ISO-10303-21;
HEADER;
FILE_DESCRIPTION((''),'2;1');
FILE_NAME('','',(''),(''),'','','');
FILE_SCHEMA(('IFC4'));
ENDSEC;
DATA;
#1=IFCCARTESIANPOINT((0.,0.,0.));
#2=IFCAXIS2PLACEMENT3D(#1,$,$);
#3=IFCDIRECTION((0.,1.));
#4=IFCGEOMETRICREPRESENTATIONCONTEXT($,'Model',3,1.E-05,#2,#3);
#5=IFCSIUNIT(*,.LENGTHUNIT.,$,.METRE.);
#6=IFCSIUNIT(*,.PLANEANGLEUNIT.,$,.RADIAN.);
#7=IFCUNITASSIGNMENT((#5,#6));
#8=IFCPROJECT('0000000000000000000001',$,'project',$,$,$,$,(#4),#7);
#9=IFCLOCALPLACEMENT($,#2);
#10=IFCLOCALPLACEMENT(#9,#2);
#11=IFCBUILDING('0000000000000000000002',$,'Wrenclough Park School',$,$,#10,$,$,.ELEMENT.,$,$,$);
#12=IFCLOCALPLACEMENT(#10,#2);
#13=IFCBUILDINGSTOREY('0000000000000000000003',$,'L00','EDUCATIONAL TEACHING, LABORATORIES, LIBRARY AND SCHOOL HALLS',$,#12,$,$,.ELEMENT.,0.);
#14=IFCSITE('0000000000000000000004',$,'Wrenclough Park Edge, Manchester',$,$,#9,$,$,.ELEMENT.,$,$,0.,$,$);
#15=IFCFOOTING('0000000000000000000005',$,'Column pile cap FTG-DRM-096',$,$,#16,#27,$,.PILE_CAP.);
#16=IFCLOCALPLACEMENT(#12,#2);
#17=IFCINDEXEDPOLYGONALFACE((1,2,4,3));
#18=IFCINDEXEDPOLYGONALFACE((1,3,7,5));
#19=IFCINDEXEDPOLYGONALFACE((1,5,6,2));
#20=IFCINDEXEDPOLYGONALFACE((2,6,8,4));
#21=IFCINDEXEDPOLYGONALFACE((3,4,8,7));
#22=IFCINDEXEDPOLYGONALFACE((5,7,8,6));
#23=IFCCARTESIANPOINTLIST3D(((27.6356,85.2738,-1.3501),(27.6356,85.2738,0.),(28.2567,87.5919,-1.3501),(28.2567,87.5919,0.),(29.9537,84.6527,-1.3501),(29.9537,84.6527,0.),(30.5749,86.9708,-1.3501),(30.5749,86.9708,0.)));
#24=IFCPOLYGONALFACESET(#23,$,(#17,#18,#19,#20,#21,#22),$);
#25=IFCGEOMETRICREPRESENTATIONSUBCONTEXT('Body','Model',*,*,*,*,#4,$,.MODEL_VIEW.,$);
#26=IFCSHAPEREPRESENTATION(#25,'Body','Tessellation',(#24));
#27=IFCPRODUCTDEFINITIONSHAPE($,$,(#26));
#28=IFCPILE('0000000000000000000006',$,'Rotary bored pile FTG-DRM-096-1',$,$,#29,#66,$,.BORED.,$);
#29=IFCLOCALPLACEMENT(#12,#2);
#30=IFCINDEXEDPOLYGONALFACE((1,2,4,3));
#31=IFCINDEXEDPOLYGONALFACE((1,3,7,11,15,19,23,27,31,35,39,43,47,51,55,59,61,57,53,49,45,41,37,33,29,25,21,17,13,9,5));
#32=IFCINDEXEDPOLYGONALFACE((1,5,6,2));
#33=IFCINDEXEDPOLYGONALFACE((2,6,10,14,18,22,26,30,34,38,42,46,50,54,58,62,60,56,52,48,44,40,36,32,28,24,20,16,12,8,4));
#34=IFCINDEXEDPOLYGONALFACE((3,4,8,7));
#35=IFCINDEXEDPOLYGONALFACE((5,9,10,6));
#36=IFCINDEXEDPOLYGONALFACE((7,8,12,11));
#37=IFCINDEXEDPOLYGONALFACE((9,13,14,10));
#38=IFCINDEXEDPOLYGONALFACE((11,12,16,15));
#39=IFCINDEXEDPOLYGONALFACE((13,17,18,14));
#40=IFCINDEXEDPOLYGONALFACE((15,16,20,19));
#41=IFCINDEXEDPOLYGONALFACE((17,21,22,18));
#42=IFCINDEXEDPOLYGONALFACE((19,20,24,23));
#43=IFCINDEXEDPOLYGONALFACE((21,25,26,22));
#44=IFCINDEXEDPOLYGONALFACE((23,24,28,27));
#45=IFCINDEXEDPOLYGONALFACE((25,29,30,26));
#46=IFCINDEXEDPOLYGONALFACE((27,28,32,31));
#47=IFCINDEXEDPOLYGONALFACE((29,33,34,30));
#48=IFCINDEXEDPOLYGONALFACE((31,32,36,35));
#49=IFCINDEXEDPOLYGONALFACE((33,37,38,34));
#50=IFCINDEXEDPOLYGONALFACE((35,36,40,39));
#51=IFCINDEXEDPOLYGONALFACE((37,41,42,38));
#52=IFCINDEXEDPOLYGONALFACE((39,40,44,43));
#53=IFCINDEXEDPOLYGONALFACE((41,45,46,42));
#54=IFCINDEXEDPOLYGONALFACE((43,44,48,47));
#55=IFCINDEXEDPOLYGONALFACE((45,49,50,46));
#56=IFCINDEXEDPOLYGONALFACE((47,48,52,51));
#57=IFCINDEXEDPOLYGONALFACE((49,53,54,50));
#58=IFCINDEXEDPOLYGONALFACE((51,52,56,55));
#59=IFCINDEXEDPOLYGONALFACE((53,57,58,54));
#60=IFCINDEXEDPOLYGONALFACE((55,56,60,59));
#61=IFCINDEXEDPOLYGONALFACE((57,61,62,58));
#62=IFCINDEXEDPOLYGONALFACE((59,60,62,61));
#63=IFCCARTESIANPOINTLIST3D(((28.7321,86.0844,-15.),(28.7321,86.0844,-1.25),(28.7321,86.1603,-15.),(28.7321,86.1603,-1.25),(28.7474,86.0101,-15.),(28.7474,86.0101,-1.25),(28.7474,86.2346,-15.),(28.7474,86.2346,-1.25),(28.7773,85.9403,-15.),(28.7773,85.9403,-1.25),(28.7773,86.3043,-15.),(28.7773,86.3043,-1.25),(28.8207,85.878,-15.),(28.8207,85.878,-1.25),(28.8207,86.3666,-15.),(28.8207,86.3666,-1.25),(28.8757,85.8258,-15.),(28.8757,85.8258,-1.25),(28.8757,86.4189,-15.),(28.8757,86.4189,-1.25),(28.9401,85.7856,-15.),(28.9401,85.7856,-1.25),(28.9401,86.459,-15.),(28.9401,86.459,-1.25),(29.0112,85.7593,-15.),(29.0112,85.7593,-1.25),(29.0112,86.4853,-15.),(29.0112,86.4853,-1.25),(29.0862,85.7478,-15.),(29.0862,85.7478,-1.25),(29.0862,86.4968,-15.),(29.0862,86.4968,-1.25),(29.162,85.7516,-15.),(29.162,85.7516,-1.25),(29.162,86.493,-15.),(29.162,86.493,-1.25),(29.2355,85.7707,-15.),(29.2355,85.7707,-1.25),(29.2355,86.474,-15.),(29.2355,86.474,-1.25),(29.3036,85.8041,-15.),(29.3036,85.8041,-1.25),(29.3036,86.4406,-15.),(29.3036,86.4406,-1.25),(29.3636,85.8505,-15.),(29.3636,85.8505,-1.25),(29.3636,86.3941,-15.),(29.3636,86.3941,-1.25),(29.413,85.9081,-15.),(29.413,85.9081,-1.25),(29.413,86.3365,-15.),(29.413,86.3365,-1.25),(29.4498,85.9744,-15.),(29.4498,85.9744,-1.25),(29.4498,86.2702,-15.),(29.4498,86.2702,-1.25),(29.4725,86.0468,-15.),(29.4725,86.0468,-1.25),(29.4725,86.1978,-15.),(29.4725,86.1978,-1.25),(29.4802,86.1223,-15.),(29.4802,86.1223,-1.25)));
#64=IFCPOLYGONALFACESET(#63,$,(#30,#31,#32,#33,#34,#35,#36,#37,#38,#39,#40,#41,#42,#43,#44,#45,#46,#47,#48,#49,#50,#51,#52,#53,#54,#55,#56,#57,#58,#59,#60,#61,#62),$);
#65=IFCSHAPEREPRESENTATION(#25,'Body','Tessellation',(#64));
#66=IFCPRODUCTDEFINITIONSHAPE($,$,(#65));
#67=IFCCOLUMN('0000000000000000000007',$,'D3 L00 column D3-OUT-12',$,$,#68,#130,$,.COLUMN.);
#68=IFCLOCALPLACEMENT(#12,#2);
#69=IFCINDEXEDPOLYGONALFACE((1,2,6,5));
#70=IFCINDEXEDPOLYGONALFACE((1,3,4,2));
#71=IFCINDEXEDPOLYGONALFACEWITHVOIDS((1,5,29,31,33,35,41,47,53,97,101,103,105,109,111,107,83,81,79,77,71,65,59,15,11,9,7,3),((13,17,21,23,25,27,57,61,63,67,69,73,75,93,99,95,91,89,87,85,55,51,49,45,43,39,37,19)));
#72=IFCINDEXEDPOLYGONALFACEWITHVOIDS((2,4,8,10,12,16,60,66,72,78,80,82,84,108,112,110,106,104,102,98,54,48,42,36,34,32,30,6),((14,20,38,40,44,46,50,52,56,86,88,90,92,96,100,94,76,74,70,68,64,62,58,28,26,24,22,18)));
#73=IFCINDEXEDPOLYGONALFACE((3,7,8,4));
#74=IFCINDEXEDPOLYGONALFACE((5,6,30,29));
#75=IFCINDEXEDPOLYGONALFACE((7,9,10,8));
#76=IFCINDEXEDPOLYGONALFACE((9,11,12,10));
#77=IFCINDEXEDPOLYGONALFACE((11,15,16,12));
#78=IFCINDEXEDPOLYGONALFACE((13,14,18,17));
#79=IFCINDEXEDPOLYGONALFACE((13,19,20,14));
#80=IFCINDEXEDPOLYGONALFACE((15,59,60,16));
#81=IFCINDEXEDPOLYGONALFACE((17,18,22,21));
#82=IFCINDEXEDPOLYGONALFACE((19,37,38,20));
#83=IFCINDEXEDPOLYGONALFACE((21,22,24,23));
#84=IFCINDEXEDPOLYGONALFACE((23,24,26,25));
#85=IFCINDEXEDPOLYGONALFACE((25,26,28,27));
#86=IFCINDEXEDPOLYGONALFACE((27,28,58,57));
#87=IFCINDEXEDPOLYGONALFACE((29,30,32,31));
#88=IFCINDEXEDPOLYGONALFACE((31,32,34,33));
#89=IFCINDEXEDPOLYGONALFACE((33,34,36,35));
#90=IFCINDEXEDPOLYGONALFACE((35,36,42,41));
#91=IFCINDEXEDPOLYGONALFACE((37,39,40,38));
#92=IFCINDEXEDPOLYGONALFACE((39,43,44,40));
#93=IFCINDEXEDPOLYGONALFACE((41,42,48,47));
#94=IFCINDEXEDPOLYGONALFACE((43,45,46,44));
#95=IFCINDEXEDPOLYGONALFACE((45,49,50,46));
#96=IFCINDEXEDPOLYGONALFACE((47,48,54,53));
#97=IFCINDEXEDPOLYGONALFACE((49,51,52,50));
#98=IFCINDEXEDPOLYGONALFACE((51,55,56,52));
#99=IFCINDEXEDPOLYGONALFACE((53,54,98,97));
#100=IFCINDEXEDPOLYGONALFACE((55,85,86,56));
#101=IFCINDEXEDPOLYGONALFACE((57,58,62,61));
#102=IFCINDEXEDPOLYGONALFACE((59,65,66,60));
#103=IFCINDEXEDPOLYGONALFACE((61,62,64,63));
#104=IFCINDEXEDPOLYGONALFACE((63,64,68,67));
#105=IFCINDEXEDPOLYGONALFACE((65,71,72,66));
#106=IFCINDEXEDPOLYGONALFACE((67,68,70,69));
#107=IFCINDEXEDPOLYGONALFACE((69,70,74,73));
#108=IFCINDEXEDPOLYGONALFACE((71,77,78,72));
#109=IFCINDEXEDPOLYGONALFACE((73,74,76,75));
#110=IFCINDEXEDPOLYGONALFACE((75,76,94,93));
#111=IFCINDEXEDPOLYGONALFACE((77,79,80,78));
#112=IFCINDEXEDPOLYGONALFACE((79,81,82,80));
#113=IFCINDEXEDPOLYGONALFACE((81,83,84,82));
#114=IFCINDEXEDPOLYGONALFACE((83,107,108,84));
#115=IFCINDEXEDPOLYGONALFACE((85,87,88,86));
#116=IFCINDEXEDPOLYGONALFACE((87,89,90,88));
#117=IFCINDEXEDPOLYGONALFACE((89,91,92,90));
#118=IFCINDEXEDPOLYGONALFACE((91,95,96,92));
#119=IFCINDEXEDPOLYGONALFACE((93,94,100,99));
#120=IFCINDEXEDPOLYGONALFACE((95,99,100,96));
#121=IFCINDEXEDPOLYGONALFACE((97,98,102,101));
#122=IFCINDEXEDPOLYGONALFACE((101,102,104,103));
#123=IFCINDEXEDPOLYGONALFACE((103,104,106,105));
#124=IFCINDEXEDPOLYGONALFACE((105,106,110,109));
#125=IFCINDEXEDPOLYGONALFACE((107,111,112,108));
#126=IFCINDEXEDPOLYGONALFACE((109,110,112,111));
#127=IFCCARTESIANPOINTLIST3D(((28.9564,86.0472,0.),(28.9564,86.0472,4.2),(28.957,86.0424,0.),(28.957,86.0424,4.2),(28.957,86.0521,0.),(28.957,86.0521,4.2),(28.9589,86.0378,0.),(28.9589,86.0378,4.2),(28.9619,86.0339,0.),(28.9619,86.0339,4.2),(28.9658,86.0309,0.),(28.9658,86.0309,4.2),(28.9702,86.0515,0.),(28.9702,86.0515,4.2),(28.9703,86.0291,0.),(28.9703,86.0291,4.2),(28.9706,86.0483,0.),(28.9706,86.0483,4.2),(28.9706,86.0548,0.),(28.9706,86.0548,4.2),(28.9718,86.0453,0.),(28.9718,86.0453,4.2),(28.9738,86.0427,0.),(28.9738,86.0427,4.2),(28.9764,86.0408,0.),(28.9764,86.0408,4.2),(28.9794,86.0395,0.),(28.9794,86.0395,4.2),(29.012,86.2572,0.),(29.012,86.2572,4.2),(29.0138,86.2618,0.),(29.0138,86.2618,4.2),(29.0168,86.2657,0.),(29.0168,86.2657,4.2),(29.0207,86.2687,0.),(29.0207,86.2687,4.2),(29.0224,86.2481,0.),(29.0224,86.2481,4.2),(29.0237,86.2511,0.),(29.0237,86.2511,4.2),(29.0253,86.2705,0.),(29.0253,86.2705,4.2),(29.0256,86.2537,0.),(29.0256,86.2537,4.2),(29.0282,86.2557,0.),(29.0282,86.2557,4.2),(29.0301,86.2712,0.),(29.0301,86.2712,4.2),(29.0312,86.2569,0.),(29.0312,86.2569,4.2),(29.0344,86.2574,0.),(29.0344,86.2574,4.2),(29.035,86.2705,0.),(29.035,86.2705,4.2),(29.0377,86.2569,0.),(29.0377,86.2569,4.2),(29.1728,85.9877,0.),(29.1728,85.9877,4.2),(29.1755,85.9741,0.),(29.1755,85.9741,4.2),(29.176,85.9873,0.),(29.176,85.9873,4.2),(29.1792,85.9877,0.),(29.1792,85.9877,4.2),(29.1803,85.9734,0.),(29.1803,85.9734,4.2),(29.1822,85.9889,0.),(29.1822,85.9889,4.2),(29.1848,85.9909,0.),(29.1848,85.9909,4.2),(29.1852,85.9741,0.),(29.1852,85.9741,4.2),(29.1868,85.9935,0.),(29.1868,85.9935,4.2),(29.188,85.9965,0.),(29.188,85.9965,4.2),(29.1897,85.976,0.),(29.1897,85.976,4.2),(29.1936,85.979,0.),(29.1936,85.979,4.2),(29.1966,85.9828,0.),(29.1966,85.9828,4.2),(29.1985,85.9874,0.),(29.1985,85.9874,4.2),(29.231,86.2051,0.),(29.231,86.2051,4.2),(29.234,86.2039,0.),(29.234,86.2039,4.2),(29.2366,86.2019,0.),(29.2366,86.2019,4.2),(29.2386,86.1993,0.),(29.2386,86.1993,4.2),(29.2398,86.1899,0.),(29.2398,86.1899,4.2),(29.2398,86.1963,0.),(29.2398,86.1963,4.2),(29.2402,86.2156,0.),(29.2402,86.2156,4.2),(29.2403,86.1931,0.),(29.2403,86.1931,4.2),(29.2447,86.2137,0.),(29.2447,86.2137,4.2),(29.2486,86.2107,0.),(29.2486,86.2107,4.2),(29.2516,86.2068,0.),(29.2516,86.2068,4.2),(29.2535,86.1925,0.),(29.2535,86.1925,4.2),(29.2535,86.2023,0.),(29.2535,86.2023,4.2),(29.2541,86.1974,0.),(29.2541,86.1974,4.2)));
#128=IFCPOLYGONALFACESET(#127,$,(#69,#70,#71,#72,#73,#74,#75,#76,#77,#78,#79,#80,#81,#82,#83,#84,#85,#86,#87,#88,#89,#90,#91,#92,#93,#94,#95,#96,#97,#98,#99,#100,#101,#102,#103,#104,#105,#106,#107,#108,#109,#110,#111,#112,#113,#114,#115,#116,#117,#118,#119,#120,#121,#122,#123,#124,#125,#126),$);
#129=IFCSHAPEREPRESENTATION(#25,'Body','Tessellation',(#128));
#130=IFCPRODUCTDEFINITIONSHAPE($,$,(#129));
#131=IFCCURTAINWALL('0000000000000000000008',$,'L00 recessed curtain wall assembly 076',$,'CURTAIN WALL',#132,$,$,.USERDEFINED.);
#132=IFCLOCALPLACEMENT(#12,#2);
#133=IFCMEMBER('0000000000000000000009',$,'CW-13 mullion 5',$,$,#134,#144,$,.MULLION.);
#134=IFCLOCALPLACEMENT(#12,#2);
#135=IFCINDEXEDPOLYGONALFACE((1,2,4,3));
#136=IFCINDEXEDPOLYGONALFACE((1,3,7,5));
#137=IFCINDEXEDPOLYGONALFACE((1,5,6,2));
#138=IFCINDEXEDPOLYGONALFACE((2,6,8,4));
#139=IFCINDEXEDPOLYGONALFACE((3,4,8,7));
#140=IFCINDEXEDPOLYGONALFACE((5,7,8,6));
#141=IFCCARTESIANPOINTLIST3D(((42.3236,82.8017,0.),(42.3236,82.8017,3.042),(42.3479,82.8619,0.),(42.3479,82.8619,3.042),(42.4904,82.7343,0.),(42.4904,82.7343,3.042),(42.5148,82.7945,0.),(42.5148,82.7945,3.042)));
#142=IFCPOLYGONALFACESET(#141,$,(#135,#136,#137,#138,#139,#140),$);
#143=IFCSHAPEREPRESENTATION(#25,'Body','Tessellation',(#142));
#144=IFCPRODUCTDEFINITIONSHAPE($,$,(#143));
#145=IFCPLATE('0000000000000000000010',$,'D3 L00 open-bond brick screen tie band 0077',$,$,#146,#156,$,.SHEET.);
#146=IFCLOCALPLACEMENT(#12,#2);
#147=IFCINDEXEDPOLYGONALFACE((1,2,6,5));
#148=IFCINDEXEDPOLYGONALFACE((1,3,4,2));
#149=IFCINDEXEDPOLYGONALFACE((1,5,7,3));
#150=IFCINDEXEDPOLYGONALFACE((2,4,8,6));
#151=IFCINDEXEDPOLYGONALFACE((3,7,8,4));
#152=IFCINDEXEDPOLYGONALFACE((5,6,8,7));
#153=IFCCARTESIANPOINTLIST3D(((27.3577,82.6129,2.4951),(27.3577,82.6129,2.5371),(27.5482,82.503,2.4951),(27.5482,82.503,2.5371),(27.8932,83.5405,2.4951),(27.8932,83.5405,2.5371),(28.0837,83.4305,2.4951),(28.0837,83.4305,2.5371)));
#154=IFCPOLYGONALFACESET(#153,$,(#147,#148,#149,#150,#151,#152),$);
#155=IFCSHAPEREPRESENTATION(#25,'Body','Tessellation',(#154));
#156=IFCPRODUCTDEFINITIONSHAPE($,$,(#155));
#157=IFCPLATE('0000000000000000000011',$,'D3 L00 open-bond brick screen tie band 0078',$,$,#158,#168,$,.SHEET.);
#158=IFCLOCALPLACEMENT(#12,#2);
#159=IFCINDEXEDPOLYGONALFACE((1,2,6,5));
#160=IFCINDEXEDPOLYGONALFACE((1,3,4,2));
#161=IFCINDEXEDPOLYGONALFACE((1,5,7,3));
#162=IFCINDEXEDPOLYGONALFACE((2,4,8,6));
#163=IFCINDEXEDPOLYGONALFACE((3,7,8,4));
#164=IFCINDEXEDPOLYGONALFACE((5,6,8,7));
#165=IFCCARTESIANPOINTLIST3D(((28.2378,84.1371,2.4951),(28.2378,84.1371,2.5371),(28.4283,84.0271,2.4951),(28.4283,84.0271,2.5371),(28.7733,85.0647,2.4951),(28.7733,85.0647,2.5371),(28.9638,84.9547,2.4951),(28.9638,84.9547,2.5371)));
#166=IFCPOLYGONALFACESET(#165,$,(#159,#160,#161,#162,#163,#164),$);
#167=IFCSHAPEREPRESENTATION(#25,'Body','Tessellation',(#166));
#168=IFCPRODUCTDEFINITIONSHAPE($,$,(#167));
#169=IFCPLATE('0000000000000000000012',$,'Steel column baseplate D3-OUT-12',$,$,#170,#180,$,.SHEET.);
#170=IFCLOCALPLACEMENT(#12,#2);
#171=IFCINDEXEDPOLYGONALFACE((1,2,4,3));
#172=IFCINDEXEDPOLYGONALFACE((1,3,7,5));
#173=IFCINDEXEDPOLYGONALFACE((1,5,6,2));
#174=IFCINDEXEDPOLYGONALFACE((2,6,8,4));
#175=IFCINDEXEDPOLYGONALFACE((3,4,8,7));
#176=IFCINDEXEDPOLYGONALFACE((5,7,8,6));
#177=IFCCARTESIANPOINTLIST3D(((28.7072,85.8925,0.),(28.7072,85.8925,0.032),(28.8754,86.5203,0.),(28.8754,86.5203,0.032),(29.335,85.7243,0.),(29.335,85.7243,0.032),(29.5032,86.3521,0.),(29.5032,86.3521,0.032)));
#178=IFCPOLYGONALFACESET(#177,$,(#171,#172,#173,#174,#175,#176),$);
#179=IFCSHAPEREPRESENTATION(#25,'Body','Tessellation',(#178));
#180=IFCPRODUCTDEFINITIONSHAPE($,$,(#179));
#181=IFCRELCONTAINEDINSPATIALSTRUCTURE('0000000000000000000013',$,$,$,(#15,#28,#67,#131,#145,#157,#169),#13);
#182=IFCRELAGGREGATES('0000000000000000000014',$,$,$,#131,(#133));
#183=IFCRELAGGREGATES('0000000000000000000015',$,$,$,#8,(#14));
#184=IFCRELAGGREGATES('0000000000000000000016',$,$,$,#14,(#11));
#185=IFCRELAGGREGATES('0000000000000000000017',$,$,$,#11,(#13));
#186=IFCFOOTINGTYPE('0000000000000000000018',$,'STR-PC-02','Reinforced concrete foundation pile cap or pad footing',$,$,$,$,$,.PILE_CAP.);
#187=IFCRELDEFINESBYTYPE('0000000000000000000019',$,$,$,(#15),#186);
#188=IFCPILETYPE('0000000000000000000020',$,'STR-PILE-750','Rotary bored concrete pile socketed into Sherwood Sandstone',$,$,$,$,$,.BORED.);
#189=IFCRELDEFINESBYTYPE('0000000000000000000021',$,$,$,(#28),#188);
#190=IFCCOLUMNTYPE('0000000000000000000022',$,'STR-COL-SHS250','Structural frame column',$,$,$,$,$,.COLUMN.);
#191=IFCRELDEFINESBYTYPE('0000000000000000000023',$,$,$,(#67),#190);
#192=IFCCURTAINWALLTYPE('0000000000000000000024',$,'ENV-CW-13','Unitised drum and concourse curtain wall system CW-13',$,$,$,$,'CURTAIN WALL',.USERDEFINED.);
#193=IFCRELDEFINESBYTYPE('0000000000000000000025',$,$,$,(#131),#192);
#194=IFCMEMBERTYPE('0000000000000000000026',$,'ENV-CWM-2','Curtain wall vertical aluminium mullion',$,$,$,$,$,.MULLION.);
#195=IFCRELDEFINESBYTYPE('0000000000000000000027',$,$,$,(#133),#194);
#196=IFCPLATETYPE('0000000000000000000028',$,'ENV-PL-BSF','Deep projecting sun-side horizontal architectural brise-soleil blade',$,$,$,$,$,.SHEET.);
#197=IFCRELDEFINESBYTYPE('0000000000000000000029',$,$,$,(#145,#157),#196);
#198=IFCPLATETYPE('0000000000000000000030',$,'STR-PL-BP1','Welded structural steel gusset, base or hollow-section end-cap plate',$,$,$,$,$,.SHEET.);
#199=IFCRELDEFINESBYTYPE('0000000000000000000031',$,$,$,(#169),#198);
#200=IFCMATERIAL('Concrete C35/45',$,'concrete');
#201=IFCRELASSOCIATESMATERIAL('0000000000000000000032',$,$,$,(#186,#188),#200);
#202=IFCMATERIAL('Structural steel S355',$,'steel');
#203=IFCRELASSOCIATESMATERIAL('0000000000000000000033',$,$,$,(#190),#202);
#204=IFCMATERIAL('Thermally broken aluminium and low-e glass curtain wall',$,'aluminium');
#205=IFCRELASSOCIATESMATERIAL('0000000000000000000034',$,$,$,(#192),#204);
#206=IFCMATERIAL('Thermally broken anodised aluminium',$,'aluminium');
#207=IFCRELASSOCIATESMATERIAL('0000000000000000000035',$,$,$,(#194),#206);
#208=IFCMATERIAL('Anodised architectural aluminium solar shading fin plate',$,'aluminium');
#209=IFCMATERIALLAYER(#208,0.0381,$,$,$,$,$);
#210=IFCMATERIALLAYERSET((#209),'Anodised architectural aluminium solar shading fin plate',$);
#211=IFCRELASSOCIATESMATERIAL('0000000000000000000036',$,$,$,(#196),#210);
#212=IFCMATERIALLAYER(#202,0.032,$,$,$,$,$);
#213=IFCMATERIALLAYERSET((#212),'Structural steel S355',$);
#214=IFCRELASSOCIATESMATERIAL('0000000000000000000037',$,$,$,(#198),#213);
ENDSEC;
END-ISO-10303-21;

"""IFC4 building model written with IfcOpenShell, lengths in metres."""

from ifc_helpers import new_model, si_unit, direction, frame, origin, origin_2d, place, context, subcontext, project, spatial, rectangle, hollow_rectangle, circle, extrude, material, layer, layer_set, material_profile, profile_set, type_object, element, aggregate, save


model = new_model("IFC4")

# Units and contexts
model_context = context("Model", 3, precision=1e-05, world=origin(), true_north=direction((0.0, 1.0)))
body_context = subcontext(model_context, "Body", "Model", "MODEL_VIEW")
ifc_project = project(units=[si_unit("LENGTHUNIT", "METRE"), si_unit("PLANEANGLEUNIT", "RADIAN")], contexts=[model_context])

# Site, building, storey
site_placement = place(None, origin())
site = spatial("IfcSite", under=ifc_project, at=site_placement, Name="Wrenclough Park Edge, Manchester", CompositionType="ELEMENT", RefElevation=0.0)
building_placement = place(site_placement, origin())
building = spatial("IfcBuilding", under=site, at=building_placement, Name="Wrenclough Park School", CompositionType="ELEMENT")
storey_placement = place(building_placement, origin())
storey = spatial("IfcBuildingStorey", under=building, at=storey_placement, Name="L00", Description="EDUCATIONAL TEACHING, LABORATORIES, LIBRARY AND SCHOOL HALLS", CompositionType="ELEMENT", Elevation=0.0)

# Footing
ifc_material_1 = material(Name="Concrete C35/45", Category="concrete")
footing_type = type_object("IfcFootingType", Name="STR-PC-02", Description="Reinforced concrete foundation pile cap or pad footing", PredefinedType="PILE_CAP", material=ifc_material_1)
footing_placement = place(storey_placement, frame((29.1052, 86.1223, -1.3501), z_axis=(0.0, 0.0, 1.0), x_axis=(0.258819, 0.965926, 0.0)))
element("IfcFooting", 1, at=footing_placement, inside=storey, type_object=footing_type, Name="Column pile cap FTG-DRM-096", PredefinedType="PILE_CAP", context=body_context, shape_type="SweptSolid", body=[
    extrude(rectangle(XDim=2.3999, YDim=2.3999, at=origin_2d()), origin(), (0.0, 0.0, 1.0), 1.3501),
])

# Pile
ifc_material_profile_1 = material_profile(ifc_material_1, circle(Radius=0.375, at=origin_2d()), Name="BORED PILE D750")
ifc_profile_set_1 = profile_set([ifc_material_profile_1], Name="Concrete C35/45")
pile_type = type_object("IfcPileType", Name="STR-PILE-750", Description="Rotary bored concrete pile socketed into Sherwood Sandstone", PredefinedType="BORED", material=ifc_profile_set_1)
pile_placement = place(storey_placement, frame((29.1052, 86.1223, -1.25), z_axis=(0.0, 0.0, -1.0), x_axis=(1.0, 0.0, 0.0)))
element("IfcPile", 2, at=pile_placement, inside=storey, type_object=pile_type, Name="Rotary bored pile FTG-DRM-096-1", PredefinedType="BORED", context=body_context, shape_type="SweptSolid", body=[
    extrude(circle(Radius=0.375, at=origin_2d()), origin(), (0.0, 0.0, 1.0), 13.75),
])

# Column
ifc_material_2 = material(Name="Structural steel S355", Category="steel")
ifc_material_profile_2 = material_profile(ifc_material_2, hollow_rectangle(XDim=0.25, YDim=0.25, WallThickness=0.0125, InnerFilletRadius=0.0125, OuterFilletRadius=0.0188, at=origin_2d()), Name="SHS 250x250x12.5")
ifc_profile_set_2 = profile_set([ifc_material_profile_2], Name="Structural steel S355")
column_type = type_object("IfcColumnType", Name="STR-COL-SHS250", Description="Structural frame column", PredefinedType="COLUMN", material=ifc_profile_set_2)
column_placement = place(storey_placement, frame((29.1052, 86.1223, 0.0), z_axis=(0.0, 0.0, 1.0), x_axis=(0.258819, 0.965926, 0.0)))
element("IfcColumn", 3, at=column_placement, inside=storey, type_object=column_type, Name="D3 L00 column D3-OUT-12", PredefinedType="COLUMN", context=body_context, shape_type="SweptSolid", body=[
    extrude(hollow_rectangle(XDim=0.25, YDim=0.25, WallThickness=0.0125, InnerFilletRadius=0.0125, OuterFilletRadius=0.0188, at=origin_2d()), origin(), (0.0, 0.0, 1.0), 4.2),
])

# Curtain wall, member
ifc_material_3 = material(Name="Thermally broken aluminium and low-e glass curtain wall", Category="aluminium")
curtain_wall_type = type_object("IfcCurtainWallType", Name="ENV-CW-13", Description="Unitised drum and concourse curtain wall system CW-13", ElementType="CURTAIN WALL", PredefinedType="USERDEFINED", material=ifc_material_3)
curtain_wall_placement = place(storey_placement, origin())
curtain_wall = element("IfcCurtainWall", 4, at=curtain_wall_placement, inside=storey, type_object=curtain_wall_type, Name="L00 recessed curtain wall assembly 076", ObjectType="CURTAIN WALL", PredefinedType="USERDEFINED")
ifc_material_4 = material(Name="Thermally broken anodised aluminium", Category="aluminium")
ifc_material_profile_3 = material_profile(ifc_material_4, rectangle(XDim=0.0649, YDim=0.1799, at=origin_2d()), Name="AL MULLION 65x180")
ifc_profile_set_3 = profile_set([ifc_material_profile_3], Name="Thermally broken anodised aluminium")
member_type = type_object("IfcMemberType", Name="ENV-CWM-2", Description="Curtain wall vertical aluminium mullion", PredefinedType="MULLION", material=ifc_profile_set_3)
member_placement = place(storey_placement, frame((42.4192, 82.7981, 0.0), z_axis=(0.0, 0.0, 1.0), x_axis=(-0.374603, -0.927185, 0.0)))
member = element("IfcMember", 5, at=member_placement, type_object=member_type, Name="CW-13 mullion 5", PredefinedType="MULLION", context=body_context, shape_type="SweptSolid", body=[
    extrude(rectangle(XDim=0.0649, YDim=0.1799, at=origin_2d()), origin(), (0.0, 0.0, 1.0), 3.042),
])
aggregate(curtain_wall, [member])

# Plates
ifc_material_5 = material(Name="Anodised architectural aluminium solar shading fin plate", Category="aluminium")
ifc_layer_1 = layer(ifc_material_5, 0.0381)
ifc_layer_set_1 = layer_set([ifc_layer_1], Name="Anodised architectural aluminium solar shading fin plate")
plate_type_1 = type_object("IfcPlateType", Name="ENV-PL-BSF", Description="Deep projecting sun-side horizontal architectural brise-soleil blade", PredefinedType="SHEET", material=ifc_layer_set_1)
for number, where, z_axis, x_axis, name in (
    (6, (27.7207, 83.0217, 2.4951), (0.0, 0.0, 1.0), (0.499991, 0.866031, 0.0), "D3 L00 open-bond brick screen tie band 0077"),
    (7, (28.6008, 84.5459, 2.4951), (0.0, 0.0, 1.0), (0.499991, 0.866031, 0.0), "D3 L00 open-bond brick screen tie band 0078"),
):
    element("IfcPlate", number, at=place(storey_placement, frame(where, z_axis=z_axis, x_axis=x_axis)), inside=storey, type_object=plate_type_1, Name=name, PredefinedType="SHEET", context=body_context, shape_type="SweptSolid", body=[
        extrude(rectangle(XDim=1.071, YDim=0.22, at=origin_2d()), origin(), (0.0, 0.0, 1.0), 0.042),
    ])
ifc_layer_2 = layer(ifc_material_2, 0.032)
ifc_layer_set_2 = layer_set([ifc_layer_2], Name="Structural steel S355")
plate_type_2 = type_object("IfcPlateType", Name="STR-PL-BP1", Description="Welded structural steel gusset, base or hollow-section end-cap plate", PredefinedType="SHEET", material=ifc_layer_set_2)
plate_placement = place(storey_placement, frame((29.1052, 86.1223, 0.0), z_axis=(0.0, 0.0, 1.0), x_axis=(0.258819, 0.965926, 0.0)))
element("IfcPlate", 8, at=plate_placement, inside=storey, type_object=plate_type_2, Name="Steel column baseplate D3-OUT-12", PredefinedType="SHEET", context=body_context, shape_type="SweptSolid", body=[
    extrude(rectangle(XDim=0.6499, YDim=0.6499, at=origin_2d()), origin(), (0.0, 0.0, 1.0), 0.032),
])

save(model, "model.ifc")
